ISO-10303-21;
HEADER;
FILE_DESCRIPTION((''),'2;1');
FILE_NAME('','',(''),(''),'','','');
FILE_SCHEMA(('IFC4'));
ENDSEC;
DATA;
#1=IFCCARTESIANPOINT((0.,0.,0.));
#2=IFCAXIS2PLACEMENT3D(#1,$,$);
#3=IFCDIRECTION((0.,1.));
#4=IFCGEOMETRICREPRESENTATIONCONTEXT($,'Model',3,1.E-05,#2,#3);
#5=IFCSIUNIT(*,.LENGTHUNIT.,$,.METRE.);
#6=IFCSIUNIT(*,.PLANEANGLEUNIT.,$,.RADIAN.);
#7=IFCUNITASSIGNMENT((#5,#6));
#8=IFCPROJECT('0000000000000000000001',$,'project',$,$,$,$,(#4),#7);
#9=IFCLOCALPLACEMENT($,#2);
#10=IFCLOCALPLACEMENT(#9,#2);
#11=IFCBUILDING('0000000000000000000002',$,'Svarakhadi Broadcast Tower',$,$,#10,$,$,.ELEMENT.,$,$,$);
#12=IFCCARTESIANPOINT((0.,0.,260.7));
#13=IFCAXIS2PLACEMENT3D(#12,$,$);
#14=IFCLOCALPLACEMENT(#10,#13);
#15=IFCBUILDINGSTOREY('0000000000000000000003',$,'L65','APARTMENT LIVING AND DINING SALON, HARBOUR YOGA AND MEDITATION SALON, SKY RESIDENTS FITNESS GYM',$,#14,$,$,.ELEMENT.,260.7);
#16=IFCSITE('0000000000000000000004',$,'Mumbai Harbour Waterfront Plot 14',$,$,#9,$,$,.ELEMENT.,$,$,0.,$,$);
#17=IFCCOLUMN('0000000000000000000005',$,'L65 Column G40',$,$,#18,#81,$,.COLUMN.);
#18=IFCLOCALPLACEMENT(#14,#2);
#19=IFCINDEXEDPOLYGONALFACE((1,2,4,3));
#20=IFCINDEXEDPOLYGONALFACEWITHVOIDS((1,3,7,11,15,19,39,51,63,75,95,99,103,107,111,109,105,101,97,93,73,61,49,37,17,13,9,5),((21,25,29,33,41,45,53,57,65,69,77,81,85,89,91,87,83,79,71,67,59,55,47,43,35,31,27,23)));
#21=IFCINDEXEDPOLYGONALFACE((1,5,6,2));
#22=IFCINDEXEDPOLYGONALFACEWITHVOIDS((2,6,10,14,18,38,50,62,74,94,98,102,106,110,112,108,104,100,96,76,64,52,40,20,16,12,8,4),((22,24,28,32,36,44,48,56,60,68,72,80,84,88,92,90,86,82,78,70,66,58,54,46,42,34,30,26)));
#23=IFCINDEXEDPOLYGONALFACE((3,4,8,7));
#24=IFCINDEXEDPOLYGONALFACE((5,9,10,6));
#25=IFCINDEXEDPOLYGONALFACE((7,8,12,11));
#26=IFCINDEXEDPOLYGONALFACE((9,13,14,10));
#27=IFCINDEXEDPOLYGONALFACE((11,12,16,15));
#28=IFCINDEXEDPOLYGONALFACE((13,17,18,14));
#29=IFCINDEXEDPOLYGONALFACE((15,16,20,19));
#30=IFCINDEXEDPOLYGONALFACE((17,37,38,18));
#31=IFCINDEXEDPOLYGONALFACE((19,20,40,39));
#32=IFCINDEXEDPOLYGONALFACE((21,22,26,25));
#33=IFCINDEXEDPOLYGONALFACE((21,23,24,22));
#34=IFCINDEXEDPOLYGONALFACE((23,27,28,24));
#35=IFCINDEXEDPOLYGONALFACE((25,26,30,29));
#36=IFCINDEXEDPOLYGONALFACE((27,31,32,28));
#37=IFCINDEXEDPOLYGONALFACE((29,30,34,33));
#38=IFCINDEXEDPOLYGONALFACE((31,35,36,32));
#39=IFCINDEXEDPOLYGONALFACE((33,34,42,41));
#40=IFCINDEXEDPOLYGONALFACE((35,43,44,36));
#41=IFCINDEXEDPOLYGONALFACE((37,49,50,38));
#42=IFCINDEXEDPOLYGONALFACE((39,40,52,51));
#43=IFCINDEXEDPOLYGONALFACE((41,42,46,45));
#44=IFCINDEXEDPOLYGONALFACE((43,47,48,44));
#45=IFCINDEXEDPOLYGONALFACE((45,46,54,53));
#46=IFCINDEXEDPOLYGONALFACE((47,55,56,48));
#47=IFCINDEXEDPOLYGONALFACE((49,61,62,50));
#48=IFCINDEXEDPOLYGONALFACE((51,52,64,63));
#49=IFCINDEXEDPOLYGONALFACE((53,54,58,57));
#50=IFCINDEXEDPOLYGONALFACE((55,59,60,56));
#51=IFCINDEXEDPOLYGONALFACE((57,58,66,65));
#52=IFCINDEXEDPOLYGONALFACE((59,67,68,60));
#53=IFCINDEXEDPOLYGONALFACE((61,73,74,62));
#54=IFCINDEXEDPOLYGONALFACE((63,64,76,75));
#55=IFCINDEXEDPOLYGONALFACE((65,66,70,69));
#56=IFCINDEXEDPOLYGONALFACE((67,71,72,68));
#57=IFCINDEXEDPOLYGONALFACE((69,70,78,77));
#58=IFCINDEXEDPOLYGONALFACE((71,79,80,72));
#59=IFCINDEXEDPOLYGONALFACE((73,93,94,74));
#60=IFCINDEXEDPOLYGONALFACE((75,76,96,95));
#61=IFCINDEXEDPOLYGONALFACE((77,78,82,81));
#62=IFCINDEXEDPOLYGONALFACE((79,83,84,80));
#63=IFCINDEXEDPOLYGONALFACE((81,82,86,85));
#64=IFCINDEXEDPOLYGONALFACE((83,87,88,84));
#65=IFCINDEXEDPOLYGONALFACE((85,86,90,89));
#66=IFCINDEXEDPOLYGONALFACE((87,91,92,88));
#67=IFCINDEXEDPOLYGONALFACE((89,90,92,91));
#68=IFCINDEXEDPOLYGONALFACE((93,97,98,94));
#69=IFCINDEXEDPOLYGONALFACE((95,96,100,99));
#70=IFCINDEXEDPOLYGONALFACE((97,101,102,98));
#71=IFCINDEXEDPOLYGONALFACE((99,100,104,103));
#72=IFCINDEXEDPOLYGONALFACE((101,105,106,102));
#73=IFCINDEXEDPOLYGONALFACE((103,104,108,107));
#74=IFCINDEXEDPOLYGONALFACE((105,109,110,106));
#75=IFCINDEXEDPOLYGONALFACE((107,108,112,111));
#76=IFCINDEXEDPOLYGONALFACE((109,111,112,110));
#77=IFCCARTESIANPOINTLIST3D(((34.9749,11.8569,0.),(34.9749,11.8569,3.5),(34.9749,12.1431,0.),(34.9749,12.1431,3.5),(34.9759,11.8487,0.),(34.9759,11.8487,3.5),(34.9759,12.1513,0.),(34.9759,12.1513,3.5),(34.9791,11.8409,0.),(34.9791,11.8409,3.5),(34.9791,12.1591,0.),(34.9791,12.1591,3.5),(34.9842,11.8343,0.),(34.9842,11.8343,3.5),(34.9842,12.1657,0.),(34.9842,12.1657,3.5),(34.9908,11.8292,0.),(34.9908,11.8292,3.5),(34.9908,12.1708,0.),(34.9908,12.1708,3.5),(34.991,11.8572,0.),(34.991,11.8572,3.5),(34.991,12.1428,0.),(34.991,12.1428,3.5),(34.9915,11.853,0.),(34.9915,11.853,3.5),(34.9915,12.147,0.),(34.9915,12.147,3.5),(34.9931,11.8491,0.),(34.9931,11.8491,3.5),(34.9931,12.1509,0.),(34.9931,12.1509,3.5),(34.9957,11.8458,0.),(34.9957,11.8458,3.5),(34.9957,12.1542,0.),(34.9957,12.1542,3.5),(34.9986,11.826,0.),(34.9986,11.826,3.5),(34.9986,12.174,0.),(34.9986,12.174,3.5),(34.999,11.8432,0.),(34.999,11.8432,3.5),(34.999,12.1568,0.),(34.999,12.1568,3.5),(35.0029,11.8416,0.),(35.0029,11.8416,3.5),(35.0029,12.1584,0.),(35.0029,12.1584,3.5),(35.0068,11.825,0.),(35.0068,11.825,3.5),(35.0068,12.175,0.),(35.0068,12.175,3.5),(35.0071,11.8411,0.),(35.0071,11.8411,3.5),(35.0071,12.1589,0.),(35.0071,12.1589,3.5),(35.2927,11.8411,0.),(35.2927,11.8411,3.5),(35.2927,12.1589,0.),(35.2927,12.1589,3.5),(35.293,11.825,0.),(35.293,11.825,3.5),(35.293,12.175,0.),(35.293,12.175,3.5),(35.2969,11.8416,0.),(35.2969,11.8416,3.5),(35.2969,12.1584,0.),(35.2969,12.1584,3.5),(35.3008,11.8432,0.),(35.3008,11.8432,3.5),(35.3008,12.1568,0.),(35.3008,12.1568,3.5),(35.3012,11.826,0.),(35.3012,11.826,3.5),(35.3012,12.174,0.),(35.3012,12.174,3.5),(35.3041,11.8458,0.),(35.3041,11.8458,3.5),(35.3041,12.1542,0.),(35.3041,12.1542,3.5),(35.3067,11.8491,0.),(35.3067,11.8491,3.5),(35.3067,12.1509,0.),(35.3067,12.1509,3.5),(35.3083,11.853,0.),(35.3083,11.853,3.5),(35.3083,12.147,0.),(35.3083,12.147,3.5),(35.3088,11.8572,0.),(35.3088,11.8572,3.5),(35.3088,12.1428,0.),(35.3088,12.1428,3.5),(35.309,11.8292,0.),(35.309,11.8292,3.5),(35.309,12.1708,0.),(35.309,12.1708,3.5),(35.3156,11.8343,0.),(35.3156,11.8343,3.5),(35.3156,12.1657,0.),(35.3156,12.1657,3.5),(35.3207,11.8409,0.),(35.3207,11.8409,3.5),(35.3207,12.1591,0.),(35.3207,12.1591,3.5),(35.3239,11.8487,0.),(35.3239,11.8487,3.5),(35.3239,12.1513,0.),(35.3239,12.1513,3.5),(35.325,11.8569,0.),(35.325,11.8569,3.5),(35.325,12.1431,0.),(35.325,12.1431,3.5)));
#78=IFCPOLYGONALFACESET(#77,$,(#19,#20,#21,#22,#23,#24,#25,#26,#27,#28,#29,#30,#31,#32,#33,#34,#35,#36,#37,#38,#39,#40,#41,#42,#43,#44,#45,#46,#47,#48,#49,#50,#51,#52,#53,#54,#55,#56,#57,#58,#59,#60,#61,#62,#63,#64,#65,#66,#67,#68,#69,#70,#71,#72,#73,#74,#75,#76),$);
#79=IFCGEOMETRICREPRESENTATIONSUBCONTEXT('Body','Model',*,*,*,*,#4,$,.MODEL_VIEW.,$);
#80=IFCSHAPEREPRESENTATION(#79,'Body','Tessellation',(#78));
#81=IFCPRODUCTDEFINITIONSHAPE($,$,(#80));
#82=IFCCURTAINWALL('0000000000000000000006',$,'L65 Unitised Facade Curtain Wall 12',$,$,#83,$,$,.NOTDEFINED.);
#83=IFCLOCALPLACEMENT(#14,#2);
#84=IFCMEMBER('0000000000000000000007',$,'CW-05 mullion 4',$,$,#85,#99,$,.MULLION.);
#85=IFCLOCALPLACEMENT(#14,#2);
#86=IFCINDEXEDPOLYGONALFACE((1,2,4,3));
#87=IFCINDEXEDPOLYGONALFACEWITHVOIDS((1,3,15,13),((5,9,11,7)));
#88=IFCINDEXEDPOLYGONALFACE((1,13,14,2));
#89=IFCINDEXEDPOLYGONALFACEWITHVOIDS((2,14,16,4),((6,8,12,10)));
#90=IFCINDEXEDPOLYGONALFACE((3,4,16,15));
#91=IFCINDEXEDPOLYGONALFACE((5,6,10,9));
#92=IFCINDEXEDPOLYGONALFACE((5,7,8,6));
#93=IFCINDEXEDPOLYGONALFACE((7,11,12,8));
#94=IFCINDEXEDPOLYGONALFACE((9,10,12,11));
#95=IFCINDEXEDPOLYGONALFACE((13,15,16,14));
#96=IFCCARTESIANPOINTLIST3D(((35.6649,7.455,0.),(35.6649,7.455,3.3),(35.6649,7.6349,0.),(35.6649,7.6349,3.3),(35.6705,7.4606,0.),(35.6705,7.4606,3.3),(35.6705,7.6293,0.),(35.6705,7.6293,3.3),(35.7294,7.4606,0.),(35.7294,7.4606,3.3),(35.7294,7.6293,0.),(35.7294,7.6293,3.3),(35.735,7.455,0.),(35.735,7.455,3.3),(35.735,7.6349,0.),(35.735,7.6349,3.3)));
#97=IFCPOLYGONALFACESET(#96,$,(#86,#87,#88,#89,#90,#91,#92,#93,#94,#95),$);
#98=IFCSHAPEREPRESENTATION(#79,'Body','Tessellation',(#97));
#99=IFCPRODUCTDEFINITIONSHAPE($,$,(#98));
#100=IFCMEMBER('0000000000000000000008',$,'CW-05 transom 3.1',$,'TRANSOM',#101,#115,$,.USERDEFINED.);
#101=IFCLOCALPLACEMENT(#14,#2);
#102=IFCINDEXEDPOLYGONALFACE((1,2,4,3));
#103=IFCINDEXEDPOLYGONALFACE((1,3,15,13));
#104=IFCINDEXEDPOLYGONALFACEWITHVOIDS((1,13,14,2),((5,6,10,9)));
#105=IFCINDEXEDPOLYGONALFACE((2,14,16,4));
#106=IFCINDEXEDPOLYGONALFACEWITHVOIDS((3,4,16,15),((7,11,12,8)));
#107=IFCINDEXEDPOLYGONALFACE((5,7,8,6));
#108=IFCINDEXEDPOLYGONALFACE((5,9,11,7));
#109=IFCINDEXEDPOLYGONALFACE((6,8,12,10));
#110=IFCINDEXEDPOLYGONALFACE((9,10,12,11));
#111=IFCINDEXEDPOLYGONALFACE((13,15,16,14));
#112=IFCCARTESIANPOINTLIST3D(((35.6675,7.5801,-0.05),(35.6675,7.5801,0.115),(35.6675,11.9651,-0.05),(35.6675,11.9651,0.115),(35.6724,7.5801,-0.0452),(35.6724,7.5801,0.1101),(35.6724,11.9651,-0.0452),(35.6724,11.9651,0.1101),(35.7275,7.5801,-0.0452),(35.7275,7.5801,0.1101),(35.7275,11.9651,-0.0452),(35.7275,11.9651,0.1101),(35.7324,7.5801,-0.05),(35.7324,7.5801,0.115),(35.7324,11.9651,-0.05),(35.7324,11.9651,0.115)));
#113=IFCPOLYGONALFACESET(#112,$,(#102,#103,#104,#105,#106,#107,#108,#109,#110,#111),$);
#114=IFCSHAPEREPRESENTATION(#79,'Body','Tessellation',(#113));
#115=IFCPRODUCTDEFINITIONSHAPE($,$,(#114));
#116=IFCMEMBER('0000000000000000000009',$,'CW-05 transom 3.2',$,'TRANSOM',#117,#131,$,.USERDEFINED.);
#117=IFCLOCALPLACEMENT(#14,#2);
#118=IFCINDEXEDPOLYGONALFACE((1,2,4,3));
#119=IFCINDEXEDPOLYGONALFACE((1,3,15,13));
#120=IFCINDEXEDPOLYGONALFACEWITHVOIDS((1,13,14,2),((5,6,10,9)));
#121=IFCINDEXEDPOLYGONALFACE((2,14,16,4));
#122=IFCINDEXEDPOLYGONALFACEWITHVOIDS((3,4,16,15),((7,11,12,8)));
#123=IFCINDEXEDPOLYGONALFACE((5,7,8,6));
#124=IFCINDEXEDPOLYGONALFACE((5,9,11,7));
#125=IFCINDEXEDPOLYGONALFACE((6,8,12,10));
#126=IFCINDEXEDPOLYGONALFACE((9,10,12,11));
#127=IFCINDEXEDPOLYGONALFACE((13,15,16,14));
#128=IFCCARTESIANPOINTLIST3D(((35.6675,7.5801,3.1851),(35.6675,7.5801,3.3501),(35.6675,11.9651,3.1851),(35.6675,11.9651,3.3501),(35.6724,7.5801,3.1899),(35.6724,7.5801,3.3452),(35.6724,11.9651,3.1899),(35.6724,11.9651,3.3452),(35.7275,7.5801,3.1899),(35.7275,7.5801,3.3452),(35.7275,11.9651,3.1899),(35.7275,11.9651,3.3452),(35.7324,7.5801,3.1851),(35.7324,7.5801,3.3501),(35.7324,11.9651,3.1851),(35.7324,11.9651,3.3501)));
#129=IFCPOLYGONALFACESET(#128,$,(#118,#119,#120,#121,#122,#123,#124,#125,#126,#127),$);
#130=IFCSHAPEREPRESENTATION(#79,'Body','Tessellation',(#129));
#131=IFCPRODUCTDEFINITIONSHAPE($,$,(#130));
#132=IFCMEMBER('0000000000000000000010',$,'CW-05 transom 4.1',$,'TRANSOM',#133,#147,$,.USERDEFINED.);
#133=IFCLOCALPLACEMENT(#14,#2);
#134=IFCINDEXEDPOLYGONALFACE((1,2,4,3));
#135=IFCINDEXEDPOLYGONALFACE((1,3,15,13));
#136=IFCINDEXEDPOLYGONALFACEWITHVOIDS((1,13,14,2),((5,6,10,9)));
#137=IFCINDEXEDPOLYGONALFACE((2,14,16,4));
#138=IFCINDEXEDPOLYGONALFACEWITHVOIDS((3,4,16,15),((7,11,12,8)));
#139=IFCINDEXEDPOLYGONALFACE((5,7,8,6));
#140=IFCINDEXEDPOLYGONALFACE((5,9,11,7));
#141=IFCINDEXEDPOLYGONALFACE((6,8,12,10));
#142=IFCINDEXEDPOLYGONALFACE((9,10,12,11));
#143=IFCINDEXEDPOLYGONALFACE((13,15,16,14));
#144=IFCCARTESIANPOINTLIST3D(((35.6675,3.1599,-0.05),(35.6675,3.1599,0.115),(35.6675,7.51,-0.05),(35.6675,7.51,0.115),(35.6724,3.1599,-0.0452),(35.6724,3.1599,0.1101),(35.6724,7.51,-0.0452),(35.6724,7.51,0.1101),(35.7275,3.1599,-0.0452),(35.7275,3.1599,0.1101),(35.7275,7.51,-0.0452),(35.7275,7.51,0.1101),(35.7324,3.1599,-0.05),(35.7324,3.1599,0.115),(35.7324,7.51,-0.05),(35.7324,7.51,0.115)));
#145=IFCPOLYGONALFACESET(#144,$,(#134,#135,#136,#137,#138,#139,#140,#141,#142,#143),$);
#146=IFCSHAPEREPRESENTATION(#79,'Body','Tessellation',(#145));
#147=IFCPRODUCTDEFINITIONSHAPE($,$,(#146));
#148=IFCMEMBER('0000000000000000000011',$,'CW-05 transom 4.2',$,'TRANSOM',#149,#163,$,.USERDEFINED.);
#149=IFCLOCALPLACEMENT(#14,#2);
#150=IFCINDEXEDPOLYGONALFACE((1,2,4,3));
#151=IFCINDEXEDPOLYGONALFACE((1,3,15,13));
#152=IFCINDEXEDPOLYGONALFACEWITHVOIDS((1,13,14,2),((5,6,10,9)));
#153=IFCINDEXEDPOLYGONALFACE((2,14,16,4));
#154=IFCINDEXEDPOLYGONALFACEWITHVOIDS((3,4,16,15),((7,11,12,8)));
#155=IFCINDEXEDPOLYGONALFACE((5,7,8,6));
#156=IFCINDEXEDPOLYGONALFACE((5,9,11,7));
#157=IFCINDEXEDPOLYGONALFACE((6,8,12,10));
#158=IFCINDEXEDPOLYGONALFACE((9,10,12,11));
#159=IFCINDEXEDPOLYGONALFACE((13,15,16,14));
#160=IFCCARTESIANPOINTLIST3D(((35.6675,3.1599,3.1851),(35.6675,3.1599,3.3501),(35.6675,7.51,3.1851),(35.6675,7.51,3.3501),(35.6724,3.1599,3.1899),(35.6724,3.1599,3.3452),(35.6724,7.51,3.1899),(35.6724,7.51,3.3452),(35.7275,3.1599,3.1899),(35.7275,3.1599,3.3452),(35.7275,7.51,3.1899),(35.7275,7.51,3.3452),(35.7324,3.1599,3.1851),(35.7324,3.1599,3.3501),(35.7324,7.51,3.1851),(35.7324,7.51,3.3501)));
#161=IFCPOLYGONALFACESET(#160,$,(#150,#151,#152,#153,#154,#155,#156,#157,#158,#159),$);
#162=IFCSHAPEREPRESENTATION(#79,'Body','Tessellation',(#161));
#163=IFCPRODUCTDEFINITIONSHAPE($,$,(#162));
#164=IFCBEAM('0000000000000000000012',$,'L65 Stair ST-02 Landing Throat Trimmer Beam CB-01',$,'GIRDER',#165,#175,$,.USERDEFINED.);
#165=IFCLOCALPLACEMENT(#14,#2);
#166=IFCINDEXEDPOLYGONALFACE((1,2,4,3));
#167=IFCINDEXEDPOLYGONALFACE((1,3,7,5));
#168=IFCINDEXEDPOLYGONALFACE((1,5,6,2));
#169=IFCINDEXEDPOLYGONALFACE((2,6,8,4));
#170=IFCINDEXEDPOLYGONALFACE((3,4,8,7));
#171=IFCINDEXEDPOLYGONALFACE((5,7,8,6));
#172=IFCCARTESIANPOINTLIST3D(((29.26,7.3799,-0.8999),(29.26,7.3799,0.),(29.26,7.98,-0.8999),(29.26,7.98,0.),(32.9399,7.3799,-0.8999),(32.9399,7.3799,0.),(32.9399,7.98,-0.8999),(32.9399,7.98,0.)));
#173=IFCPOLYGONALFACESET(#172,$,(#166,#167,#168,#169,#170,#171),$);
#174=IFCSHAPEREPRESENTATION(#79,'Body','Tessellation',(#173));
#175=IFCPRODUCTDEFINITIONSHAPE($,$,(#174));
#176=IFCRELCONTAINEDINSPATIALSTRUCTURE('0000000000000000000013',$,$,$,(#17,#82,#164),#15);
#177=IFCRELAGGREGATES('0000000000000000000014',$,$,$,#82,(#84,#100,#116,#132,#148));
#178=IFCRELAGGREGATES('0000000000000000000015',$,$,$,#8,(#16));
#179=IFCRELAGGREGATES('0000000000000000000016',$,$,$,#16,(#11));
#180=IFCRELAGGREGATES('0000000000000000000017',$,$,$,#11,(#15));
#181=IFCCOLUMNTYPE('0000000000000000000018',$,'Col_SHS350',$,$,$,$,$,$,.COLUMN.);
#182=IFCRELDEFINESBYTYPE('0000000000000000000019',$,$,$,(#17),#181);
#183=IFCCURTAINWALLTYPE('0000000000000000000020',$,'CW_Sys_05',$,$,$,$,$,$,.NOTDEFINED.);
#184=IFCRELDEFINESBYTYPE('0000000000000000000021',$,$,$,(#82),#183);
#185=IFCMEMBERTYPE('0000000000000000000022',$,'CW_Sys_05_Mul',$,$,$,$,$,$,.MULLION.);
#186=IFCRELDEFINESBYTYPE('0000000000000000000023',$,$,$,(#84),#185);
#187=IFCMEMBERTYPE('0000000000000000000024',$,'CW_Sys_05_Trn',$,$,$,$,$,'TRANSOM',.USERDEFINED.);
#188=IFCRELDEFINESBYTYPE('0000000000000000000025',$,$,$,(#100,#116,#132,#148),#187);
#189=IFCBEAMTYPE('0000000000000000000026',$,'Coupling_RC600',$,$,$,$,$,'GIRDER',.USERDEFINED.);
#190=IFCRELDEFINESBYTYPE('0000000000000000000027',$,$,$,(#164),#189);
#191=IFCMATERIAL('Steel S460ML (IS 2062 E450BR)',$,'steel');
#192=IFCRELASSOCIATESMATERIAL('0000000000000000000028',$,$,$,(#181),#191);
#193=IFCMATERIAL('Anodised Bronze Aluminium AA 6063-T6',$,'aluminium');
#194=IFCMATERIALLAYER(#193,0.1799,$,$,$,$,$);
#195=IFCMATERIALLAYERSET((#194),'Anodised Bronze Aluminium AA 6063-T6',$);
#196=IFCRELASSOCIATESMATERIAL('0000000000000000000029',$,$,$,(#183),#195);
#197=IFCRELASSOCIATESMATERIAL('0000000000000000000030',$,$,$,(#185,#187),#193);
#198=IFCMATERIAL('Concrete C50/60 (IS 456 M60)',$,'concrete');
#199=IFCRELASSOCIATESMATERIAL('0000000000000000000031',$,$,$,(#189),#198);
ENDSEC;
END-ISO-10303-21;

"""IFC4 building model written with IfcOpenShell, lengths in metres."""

from ifc_helpers import new_model, si_unit, direction, frame, origin, origin_2d, place, context, subcontext, project, spatial, rectangle, hollow_rectangle, extrude, material, layer, layer_set, material_profile, profile_set, type_object, element, aggregate, save


model = new_model("IFC4")

# Units and contexts
model_context = context("Model", 3, precision=1e-05, world=origin(), true_north=direction((0.0, 1.0)))
body_context = subcontext(model_context, "Body", "Model", "MODEL_VIEW")
ifc_project = project(units=[si_unit("LENGTHUNIT", "METRE"), si_unit("PLANEANGLEUNIT", "RADIAN")], contexts=[model_context])

# Site, building, storey
site_placement = place(None, origin())
site = spatial("IfcSite", under=ifc_project, at=site_placement, Name="Mumbai Harbour Waterfront Plot 14", CompositionType="ELEMENT", RefElevation=0.0)
building_placement = place(site_placement, origin())
building = spatial("IfcBuilding", under=site, at=building_placement, Name="Svarakhadi Broadcast Tower", CompositionType="ELEMENT")
storey_placement = place(building_placement, frame((0.0, 0.0, 260.7)))
storey = spatial("IfcBuildingStorey", under=building, at=storey_placement, Name="L65", Description="APARTMENT LIVING AND DINING SALON, HARBOUR YOGA AND MEDITATION SALON, SKY RESIDENTS FITNESS GYM", CompositionType="ELEMENT", Elevation=260.7)

# Column
ifc_material_1 = material(Name="Steel S460ML (IS 2062 E450BR)", Category="steel")
ifc_material_profile_1 = material_profile(ifc_material_1, hollow_rectangle(XDim=0.3501, YDim=0.3501, WallThickness=0.0161, InnerFilletRadius=0.0161, OuterFilletRadius=0.032, at=origin_2d()), Name="SHS 350x350x16")
ifc_profile_set_1 = profile_set([ifc_material_profile_1], Name="Steel S460ML (IS 2062 E450BR)")
column_type = type_object("IfcColumnType", Name="Col_SHS350", PredefinedType="COLUMN", material=ifc_profile_set_1)
column_placement = place(storey_placement, frame((35.1499, 12.0, 0.0), z_axis=(0.0, 0.0, 1.0), x_axis=(1.0, 0.0, 0.0)))
element("IfcColumn", 1, at=column_placement, inside=storey, type_object=column_type, Name="L65 Column G40", PredefinedType="COLUMN", context=body_context, shape_type="SweptSolid", body=[
    extrude(hollow_rectangle(XDim=0.3501, YDim=0.3501, WallThickness=0.0161, InnerFilletRadius=0.0161, OuterFilletRadius=0.032, at=origin_2d()), origin(), (0.0, 0.0, 1.0), 3.5),
])

# Curtain wall, members
ifc_material_2 = material(Name="Anodised Bronze Aluminium AA 6063-T6", Category="aluminium")
ifc_layer_1 = layer(ifc_material_2, 0.1799)
ifc_layer_set_1 = layer_set([ifc_layer_1], Name="Anodised Bronze Aluminium AA 6063-T6")
curtain_wall_type = type_object("IfcCurtainWallType", Name="CW_Sys_05", PredefinedType="NOTDEFINED", material=ifc_layer_set_1)
curtain_wall_placement = place(storey_placement, origin())
curtain_wall = element("IfcCurtainWall", 2, at=curtain_wall_placement, inside=storey, type_object=curtain_wall_type, Name="L65 Unitised Facade Curtain Wall 12", PredefinedType="NOTDEFINED")
ifc_material_profile_2 = material_profile(ifc_material_2, hollow_rectangle(XDim=0.0701, YDim=0.1799, WallThickness=0.0056, at=origin_2d()), Name="ALU MULLION 180x70x6")
ifc_profile_set_2 = profile_set([ifc_material_profile_2], Name="Anodised Bronze Aluminium AA 6063-T6")
member_type_1 = type_object("IfcMemberType", Name="CW_Sys_05_Mul", PredefinedType="MULLION", material=ifc_profile_set_2)
member_1_placement = place(storey_placement, frame((35.7, 7.5449, 0.0), z_axis=(0.0, 0.0, 1.0), x_axis=(1.0, 0.0, 0.0)))
member_1 = element("IfcMember", 3, at=member_1_placement, type_object=member_type_1, Name="CW-05 mullion 4", PredefinedType="MULLION", context=body_context, shape_type="SweptSolid", body=[
    extrude(hollow_rectangle(XDim=0.0701, YDim=0.1799, WallThickness=0.0056, at=origin_2d()), origin(), (0.0, 0.0, 1.0), 3.3),
])
ifc_material_profile_3 = material_profile(ifc_material_2, hollow_rectangle(XDim=0.0649, YDim=0.165, WallThickness=0.0049, at=origin_2d()), Name="ALU TRANSOM 165x65x5")
ifc_profile_set_3 = profile_set([ifc_material_profile_3], Name="Anodised Bronze Aluminium AA 6063-T6")
member_type_2 = type_object("IfcMemberType", Name="CW_Sys_05_Trn", ElementType="TRANSOM", PredefinedType="USERDEFINED", material=ifc_profile_set_3)
member_2_placement = place(storey_placement, frame((35.7, 11.9651, 0.0325), z_axis=(0.0, -1.0, 0.0), x_axis=(1.0, 0.0, 0.0)))
member_2 = element("IfcMember", 4, at=member_2_placement, type_object=member_type_2, Name="CW-05 transom 3.1", ObjectType="TRANSOM", PredefinedType="USERDEFINED", context=body_context, shape_type="SweptSolid", body=[
    extrude(hollow_rectangle(XDim=0.0649, YDim=0.165, WallThickness=0.0049, at=origin_2d()), origin(), (0.0, 0.0, 1.0), 4.385),
])
member_3_placement = place(storey_placement, frame((35.7, 11.9651, 3.2676), z_axis=(0.0, -1.0, 0.0), x_axis=(1.0, 0.0, 0.0)))
member_3 = element("IfcMember", 5, at=member_3_placement, type_object=member_type_2, Name="CW-05 transom 3.2", ObjectType="TRANSOM", PredefinedType="USERDEFINED", context=body_context, shape_type="SweptSolid", body=[
    extrude(hollow_rectangle(XDim=0.0649, YDim=0.165, WallThickness=0.0049, at=origin_2d()), origin(), (0.0, 0.0, 1.0), 4.385),
])
member_4_placement = place(storey_placement, frame((35.7, 7.51, 0.0325), z_axis=(0.0, -1.0, 0.0), x_axis=(1.0, 0.0, 0.0)))
member_4 = element("IfcMember", 6, at=member_4_placement, type_object=member_type_2, Name="CW-05 transom 4.1", ObjectType="TRANSOM", PredefinedType="USERDEFINED", context=body_context, shape_type="SweptSolid", body=[
    extrude(hollow_rectangle(XDim=0.0649, YDim=0.165, WallThickness=0.0049, at=origin_2d()), origin(), (0.0, 0.0, 1.0), 4.3501),
])
member_5_placement = place(storey_placement, frame((35.7, 7.51, 3.2676), z_axis=(0.0, -1.0, 0.0), x_axis=(1.0, 0.0, 0.0)))
member_5 = element("IfcMember", 7, at=member_5_placement, type_object=member_type_2, Name="CW-05 transom 4.2", ObjectType="TRANSOM", PredefinedType="USERDEFINED", context=body_context, shape_type="SweptSolid", body=[
    extrude(hollow_rectangle(XDim=0.0649, YDim=0.165, WallThickness=0.0049, at=origin_2d()), origin(), (0.0, 0.0, 1.0), 4.3501),
])

# Beam
ifc_material_3 = material(Name="Concrete C50/60 (IS 456 M60)", Category="concrete")
ifc_material_profile_4 = material_profile(ifc_material_3, rectangle(XDim=0.6001, YDim=0.8999, at=origin_2d()), Name="RC 600x900")
ifc_profile_set_4 = profile_set([ifc_material_profile_4], Name="Concrete C50/60 (IS 456 M60)")
beam_type_1 = type_object("IfcBeamType", Name="Coupling_RC600", ElementType="GIRDER", PredefinedType="USERDEFINED", material=ifc_profile_set_4)
beam_1_placement = place(storey_placement, frame((29.26, 7.6799, -0.45), z_axis=(1.0, 0.0, 0.0), x_axis=(0.0, 1.0, 0.0)))
element("IfcBeam", 8, at=beam_1_placement, inside=storey, type_object=beam_type_1, Name="L65 Stair ST-02 Landing Throat Trimmer Beam CB-01", ObjectType="GIRDER", PredefinedType="USERDEFINED", context=body_context, shape_type="SweptSolid", body=[
    extrude(rectangle(XDim=0.6001, YDim=0.8999, at=origin_2d()), origin(), (0.0, 0.0, 1.0), 3.6799),
])

aggregate(curtain_wall, [member_1, member_2, member_3, member_4, member_5])

save(model, "model.ifc")
